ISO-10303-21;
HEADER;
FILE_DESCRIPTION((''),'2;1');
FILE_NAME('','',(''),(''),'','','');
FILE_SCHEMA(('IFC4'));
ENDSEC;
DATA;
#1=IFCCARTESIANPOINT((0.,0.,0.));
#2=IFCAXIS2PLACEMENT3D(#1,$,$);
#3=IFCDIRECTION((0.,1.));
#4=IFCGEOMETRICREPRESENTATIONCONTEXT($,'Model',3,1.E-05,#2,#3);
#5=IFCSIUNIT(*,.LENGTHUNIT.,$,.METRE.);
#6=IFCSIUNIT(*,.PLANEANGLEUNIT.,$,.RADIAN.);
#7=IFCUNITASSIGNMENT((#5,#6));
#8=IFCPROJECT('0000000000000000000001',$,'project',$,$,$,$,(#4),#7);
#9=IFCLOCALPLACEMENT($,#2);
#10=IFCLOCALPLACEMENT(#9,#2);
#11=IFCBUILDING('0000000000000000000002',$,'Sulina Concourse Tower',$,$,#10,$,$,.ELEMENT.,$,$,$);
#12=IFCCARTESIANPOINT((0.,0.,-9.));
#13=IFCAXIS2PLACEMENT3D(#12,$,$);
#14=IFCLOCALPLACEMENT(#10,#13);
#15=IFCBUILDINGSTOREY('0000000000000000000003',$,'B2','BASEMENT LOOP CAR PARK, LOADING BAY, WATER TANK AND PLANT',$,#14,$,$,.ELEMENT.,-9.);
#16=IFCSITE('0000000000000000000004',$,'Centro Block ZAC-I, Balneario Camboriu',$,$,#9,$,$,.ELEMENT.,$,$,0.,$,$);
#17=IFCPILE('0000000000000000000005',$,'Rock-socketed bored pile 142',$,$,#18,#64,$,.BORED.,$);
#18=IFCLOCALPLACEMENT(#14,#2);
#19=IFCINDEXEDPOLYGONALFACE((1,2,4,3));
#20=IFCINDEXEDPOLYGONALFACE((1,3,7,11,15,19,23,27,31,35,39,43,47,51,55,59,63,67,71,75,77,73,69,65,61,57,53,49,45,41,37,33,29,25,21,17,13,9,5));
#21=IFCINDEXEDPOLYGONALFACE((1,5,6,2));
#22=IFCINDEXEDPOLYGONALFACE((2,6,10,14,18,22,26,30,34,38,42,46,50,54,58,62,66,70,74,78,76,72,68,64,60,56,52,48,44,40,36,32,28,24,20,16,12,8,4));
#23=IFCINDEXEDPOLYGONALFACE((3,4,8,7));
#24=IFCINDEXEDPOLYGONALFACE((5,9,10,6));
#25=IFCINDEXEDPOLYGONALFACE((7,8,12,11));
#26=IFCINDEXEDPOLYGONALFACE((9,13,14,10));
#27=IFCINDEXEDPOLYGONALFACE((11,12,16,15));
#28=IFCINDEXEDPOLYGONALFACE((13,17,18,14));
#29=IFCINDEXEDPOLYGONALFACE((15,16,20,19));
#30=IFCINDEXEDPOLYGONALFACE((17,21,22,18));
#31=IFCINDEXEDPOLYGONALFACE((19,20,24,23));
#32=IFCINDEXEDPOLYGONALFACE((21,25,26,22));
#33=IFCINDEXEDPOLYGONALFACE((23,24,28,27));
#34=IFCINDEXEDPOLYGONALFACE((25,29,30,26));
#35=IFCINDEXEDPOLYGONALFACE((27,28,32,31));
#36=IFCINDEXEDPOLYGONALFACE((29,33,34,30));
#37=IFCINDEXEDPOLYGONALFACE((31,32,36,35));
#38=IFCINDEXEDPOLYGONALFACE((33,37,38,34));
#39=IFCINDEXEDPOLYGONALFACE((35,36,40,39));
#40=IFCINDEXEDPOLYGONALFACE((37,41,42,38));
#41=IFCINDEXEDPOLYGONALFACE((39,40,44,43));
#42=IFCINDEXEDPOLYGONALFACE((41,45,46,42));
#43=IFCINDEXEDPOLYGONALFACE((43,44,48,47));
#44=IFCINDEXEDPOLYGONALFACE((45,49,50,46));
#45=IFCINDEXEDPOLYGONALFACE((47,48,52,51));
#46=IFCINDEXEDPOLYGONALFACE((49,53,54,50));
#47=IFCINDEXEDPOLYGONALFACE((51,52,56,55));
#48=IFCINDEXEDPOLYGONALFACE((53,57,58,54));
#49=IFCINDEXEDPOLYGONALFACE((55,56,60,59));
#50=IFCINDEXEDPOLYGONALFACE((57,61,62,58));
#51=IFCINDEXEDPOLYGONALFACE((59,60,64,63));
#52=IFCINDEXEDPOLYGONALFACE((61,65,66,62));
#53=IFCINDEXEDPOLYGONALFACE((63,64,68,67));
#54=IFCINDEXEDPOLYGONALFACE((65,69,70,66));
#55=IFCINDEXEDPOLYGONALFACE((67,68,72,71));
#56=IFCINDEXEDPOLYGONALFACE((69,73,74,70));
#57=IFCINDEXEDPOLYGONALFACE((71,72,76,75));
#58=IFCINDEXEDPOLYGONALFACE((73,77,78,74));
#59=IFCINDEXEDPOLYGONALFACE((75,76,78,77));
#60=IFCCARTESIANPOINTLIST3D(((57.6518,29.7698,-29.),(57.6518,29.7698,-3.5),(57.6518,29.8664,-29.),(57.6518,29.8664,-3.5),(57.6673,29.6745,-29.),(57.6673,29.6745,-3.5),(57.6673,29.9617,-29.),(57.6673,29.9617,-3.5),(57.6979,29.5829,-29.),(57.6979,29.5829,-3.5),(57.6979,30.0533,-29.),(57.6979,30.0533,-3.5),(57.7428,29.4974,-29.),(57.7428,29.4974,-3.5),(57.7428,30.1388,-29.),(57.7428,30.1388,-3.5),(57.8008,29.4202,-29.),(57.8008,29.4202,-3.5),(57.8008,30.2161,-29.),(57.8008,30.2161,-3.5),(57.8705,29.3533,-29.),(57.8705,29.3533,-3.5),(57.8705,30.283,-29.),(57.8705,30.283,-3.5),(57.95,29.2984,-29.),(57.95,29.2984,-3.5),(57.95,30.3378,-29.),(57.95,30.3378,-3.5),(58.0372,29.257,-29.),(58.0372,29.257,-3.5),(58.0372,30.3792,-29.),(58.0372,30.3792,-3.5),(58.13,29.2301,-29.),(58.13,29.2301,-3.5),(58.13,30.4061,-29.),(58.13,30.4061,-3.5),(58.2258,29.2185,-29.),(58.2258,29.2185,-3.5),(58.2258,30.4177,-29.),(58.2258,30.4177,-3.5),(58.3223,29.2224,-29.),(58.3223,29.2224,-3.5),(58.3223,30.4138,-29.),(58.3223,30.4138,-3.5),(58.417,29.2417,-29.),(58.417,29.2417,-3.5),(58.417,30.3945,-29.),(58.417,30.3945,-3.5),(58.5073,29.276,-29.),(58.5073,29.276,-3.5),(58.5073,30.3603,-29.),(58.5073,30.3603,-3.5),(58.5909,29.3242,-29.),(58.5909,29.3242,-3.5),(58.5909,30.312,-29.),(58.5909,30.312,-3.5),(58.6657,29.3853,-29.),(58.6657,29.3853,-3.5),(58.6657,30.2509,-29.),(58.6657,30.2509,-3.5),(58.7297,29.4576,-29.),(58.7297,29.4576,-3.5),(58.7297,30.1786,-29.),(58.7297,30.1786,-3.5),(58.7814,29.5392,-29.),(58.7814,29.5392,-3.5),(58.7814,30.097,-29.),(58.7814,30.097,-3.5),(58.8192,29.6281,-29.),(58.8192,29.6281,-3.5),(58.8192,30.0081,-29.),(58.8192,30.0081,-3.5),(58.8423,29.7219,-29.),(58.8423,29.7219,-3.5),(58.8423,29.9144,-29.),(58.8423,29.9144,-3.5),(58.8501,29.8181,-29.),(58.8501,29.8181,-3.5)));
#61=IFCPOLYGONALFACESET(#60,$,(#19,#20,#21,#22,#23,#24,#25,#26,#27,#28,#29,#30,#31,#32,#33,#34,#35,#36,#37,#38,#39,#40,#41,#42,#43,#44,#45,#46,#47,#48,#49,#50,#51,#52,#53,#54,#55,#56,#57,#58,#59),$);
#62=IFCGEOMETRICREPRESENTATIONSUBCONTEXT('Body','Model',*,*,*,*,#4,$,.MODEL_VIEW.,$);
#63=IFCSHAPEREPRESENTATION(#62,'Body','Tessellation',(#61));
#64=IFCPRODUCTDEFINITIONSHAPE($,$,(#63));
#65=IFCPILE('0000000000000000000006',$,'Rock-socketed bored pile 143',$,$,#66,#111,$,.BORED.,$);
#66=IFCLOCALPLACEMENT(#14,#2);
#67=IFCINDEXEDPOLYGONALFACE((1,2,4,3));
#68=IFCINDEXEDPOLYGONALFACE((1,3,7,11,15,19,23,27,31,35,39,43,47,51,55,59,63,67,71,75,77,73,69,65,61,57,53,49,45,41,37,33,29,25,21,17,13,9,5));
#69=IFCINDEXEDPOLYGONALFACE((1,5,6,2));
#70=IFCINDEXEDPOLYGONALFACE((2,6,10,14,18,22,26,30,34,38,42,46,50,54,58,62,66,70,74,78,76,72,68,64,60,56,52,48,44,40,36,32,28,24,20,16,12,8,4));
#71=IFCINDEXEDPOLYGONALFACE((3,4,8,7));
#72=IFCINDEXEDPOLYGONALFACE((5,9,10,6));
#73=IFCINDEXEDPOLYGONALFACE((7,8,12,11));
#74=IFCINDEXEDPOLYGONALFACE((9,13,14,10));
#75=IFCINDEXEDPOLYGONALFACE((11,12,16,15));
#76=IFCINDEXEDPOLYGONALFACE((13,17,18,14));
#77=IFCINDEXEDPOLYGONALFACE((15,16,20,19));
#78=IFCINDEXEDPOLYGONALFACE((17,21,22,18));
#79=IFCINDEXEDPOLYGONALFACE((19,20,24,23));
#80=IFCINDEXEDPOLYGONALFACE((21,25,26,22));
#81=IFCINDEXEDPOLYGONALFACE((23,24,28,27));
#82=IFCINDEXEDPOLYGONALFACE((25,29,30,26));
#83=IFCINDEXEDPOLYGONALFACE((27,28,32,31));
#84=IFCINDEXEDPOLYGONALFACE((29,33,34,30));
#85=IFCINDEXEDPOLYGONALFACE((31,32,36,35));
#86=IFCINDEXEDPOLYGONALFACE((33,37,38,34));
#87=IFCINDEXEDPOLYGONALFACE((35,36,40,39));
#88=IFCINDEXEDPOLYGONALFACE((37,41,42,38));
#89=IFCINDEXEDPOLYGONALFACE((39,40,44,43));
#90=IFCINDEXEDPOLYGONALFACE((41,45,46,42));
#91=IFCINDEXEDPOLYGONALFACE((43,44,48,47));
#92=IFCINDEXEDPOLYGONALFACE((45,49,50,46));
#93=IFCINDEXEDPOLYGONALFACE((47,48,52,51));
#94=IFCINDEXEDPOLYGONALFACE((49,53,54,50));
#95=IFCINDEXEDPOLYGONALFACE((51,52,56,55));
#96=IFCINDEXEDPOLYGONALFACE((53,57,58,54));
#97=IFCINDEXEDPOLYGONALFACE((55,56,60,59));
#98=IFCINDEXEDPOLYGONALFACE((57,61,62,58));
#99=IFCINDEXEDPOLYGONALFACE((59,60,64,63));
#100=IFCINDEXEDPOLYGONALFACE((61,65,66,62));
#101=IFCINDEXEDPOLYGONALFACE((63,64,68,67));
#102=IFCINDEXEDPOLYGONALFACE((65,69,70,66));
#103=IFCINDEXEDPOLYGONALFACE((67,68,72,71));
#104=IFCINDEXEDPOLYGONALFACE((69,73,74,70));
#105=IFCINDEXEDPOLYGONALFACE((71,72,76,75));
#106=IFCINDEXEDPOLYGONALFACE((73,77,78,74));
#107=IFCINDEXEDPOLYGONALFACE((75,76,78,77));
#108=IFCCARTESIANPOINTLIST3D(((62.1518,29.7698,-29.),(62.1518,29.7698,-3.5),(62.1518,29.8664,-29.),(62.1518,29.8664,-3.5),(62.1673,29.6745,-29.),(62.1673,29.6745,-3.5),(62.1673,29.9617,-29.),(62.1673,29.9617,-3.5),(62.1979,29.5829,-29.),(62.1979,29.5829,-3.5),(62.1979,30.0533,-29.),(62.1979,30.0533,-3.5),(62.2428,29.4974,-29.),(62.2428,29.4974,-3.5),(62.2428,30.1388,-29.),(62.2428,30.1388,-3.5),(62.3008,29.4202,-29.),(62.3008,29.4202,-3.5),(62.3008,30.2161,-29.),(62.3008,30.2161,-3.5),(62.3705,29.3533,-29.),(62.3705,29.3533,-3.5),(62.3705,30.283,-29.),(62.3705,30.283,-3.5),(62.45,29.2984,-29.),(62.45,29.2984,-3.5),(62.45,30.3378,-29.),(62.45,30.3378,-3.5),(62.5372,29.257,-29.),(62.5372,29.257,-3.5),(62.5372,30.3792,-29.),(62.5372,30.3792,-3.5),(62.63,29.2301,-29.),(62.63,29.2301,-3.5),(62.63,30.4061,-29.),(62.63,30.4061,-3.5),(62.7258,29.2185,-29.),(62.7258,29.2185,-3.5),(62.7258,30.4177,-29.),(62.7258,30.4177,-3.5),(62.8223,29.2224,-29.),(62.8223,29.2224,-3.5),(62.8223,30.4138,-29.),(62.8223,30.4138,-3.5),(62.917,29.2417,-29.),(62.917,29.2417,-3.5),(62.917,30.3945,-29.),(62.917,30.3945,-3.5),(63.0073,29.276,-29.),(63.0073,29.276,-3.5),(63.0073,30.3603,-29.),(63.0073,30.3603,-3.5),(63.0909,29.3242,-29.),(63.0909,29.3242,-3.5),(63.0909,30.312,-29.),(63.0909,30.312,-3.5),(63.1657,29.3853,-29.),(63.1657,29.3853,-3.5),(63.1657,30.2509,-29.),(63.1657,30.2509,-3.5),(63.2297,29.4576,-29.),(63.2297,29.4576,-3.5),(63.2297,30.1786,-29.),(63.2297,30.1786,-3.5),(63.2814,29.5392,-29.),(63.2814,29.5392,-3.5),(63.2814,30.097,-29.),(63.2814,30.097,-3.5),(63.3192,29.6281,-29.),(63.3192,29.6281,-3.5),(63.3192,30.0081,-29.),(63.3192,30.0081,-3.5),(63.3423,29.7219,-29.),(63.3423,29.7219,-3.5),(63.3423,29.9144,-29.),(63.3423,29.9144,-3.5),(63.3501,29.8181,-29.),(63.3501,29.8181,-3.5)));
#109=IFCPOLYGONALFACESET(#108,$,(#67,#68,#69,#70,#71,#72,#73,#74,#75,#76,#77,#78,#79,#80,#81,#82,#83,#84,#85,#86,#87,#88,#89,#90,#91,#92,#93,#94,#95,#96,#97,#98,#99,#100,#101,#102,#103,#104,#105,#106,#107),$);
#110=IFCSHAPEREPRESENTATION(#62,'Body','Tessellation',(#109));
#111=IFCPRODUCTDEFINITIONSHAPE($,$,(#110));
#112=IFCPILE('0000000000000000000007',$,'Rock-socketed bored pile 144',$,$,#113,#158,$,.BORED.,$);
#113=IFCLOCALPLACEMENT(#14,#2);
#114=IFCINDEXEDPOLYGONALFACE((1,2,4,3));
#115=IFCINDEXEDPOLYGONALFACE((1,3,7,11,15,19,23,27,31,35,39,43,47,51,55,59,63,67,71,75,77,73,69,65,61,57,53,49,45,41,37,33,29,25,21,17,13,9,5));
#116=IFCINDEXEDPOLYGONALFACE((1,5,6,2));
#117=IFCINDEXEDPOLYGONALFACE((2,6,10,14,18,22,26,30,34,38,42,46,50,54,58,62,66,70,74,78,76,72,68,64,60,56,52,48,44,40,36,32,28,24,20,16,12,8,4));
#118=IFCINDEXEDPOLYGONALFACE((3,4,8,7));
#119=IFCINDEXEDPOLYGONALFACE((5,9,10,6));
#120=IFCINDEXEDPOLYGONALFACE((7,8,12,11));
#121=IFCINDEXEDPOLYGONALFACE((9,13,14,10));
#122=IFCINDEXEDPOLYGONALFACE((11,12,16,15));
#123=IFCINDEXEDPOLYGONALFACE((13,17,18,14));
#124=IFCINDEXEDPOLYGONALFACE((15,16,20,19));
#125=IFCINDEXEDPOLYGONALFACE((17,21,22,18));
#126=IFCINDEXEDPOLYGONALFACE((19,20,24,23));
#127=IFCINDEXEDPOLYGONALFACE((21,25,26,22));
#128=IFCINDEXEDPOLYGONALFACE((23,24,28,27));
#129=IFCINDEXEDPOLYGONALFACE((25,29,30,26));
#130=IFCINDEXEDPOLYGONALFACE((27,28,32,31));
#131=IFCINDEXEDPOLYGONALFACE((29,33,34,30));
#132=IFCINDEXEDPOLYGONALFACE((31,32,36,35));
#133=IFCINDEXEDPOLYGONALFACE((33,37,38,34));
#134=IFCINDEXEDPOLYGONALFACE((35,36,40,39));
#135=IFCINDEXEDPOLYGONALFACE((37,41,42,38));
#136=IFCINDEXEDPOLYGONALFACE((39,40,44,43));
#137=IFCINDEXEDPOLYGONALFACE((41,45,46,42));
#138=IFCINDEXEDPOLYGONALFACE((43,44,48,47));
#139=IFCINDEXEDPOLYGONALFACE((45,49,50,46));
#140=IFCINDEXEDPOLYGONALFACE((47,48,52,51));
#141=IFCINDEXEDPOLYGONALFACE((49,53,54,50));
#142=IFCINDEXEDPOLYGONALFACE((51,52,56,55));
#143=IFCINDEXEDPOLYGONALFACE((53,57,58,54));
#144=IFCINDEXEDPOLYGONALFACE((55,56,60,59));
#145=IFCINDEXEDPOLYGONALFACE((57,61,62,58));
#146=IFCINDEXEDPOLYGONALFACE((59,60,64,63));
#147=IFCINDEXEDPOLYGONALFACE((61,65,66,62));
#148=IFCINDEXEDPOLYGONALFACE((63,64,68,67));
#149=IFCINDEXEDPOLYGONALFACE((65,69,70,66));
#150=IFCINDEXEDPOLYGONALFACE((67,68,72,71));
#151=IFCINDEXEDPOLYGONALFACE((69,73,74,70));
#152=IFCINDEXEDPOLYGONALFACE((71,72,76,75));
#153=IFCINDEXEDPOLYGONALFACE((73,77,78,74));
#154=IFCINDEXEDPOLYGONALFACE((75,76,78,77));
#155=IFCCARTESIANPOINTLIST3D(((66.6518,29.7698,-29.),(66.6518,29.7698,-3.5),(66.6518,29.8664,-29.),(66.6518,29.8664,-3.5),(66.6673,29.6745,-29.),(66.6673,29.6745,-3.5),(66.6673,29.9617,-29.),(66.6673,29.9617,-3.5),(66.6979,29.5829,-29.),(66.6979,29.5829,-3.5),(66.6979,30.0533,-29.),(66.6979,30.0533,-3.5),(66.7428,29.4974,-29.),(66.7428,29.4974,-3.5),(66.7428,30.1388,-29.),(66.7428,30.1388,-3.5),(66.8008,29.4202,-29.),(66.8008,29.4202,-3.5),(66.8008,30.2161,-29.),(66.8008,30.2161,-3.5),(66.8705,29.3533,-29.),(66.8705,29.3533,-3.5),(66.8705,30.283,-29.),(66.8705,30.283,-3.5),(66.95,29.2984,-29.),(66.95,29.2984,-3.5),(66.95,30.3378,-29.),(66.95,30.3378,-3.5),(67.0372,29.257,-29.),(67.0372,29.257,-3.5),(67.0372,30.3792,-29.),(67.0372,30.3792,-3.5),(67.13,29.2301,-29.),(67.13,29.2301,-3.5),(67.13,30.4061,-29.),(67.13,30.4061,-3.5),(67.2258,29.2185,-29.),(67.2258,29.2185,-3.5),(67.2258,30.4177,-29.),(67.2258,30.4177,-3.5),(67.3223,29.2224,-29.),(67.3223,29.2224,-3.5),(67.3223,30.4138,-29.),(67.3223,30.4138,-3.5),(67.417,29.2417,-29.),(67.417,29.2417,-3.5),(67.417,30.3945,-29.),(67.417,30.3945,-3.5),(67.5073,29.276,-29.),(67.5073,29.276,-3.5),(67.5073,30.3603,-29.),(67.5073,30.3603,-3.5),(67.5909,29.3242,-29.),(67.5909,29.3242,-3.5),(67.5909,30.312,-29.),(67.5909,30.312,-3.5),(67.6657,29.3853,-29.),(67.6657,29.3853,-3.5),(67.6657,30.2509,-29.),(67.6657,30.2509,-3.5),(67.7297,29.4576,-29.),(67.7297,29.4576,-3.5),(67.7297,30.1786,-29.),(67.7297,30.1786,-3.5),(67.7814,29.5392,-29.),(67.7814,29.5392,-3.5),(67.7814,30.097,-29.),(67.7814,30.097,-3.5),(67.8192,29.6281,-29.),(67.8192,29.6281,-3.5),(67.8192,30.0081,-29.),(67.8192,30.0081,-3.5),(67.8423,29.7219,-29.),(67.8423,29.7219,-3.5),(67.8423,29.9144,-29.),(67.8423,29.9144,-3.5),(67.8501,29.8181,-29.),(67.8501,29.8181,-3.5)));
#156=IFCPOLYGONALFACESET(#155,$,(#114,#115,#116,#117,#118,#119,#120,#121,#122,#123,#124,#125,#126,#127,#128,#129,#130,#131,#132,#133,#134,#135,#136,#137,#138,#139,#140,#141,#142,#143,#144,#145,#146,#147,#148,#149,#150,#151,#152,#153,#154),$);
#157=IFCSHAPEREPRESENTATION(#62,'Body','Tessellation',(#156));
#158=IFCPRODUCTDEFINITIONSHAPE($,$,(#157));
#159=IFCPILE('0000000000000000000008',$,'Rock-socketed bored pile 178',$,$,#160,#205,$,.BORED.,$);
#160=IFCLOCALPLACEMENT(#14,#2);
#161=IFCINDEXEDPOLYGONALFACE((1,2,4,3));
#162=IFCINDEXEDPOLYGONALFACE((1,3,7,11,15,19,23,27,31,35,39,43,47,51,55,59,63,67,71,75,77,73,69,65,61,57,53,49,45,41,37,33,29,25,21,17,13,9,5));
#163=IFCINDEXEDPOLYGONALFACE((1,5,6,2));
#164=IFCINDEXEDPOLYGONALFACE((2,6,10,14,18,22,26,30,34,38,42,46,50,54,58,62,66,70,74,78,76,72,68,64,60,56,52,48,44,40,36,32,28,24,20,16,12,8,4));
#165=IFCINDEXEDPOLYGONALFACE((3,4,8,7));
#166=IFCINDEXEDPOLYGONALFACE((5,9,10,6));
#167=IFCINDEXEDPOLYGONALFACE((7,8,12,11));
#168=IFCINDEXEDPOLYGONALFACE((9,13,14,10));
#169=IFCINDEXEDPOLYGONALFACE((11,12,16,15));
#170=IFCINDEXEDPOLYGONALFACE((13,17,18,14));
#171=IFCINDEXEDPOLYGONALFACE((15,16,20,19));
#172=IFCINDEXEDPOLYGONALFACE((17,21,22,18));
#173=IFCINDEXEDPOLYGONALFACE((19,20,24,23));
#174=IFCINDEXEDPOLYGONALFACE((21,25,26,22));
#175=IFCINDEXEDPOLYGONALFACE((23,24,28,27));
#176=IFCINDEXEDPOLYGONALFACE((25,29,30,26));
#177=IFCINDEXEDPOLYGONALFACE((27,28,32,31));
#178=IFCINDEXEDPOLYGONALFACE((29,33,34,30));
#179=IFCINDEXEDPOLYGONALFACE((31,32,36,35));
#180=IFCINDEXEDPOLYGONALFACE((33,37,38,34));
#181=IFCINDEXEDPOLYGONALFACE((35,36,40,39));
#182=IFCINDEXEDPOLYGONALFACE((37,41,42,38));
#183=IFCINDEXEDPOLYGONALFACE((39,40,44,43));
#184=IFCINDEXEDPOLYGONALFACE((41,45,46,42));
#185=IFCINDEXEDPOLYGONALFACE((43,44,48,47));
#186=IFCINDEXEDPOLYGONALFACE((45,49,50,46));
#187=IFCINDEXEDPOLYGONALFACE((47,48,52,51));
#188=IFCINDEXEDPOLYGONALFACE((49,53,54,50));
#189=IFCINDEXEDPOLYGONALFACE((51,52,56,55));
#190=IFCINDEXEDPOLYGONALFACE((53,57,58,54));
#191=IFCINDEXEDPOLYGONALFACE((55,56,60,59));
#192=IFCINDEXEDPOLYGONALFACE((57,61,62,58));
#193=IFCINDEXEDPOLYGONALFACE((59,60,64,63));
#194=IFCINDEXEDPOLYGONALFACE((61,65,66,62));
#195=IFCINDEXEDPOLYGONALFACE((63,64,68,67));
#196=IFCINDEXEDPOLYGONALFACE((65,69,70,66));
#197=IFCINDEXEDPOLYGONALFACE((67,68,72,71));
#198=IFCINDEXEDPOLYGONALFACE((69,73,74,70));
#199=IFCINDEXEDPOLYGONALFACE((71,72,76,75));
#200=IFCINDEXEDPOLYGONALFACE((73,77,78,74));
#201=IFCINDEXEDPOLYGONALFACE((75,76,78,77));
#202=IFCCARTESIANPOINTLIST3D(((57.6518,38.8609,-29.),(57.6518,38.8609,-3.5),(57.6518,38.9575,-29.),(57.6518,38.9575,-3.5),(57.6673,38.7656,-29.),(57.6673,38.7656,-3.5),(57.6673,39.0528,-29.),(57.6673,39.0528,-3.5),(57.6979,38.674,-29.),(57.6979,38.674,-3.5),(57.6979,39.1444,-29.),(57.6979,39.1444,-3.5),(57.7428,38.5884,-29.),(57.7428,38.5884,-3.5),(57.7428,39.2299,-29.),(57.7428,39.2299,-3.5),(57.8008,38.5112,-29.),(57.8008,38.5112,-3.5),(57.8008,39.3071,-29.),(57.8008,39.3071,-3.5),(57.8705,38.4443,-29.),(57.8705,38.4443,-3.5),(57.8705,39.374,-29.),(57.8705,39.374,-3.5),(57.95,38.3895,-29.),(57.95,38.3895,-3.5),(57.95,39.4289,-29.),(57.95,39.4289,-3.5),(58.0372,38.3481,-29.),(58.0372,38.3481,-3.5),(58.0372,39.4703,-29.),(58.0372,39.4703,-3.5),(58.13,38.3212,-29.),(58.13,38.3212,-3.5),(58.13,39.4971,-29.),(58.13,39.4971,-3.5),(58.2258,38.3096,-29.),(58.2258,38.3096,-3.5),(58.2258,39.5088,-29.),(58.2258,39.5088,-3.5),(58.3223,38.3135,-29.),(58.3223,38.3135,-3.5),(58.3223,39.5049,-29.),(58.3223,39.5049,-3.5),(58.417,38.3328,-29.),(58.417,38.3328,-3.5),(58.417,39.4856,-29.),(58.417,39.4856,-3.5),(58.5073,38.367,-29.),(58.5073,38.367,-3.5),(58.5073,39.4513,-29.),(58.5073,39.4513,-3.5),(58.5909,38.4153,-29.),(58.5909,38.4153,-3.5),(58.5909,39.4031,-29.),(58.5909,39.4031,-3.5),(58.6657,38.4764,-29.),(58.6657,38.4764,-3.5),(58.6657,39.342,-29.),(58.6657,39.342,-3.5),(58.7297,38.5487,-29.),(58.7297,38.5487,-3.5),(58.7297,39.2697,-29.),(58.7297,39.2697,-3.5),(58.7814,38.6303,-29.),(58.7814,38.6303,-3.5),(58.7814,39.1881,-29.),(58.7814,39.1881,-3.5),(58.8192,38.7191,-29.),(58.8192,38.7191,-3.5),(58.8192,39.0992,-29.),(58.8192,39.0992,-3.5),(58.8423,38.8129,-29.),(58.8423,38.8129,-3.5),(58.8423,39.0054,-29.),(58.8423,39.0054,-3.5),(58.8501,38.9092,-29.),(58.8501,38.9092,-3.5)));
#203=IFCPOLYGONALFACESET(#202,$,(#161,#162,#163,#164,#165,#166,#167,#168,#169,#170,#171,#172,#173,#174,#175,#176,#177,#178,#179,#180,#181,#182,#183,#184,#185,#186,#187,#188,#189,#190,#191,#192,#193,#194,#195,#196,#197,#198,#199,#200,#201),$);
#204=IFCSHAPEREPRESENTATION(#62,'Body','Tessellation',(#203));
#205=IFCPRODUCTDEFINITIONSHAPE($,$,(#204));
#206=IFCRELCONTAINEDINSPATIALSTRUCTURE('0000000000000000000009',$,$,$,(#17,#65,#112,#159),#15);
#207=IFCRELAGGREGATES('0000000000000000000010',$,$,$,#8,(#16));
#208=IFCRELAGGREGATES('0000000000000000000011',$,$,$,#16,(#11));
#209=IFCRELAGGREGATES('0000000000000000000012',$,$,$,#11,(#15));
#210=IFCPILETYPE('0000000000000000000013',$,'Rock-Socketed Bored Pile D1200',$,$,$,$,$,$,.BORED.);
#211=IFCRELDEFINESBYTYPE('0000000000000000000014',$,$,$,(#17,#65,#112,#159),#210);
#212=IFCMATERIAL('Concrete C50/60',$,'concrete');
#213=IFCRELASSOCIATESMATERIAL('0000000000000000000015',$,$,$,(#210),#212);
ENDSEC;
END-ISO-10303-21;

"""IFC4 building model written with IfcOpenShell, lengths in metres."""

from ifc_helpers import new_model, si_unit, direction, frame, origin, origin_2d, place, context, subcontext, project, spatial, circle, extrude, material, material_profile, profile_set, type_object, element, save


model = new_model("IFC4")

# Units and contexts
model_context = context("Model", 3, precision=1e-05, world=origin(), true_north=direction((0.0, 1.0)))
body_context = subcontext(model_context, "Body", "Model", "MODEL_VIEW")
ifc_project = project(units=[si_unit("LENGTHUNIT", "METRE"), si_unit("PLANEANGLEUNIT", "RADIAN")], contexts=[model_context])

# Site, building, storey
site_placement = place(None, origin())
site = spatial("IfcSite", under=ifc_project, at=site_placement, Name="Centro Block ZAC-I, Balneario Camboriu", CompositionType="ELEMENT", RefElevation=0.0)
building_placement = place(site_placement, origin())
building = spatial("IfcBuilding", under=site, at=building_placement, Name="Sulina Concourse Tower", CompositionType="ELEMENT")
storey_placement = place(building_placement, frame((0.0, 0.0, -9.0)))
storey = spatial("IfcBuildingStorey", under=building, at=storey_placement, Name="B2", Description="BASEMENT LOOP CAR PARK, LOADING BAY, WATER TANK AND PLANT", CompositionType="ELEMENT", Elevation=-9.0)

# Piles
ifc_material_1 = material(Name="Concrete C50/60", Category="concrete")
ifc_material_profile_1 = material_profile(ifc_material_1, circle(Radius=0.6001, at=origin_2d()), Name="PILE D1200")
ifc_profile_set_1 = profile_set([ifc_material_profile_1], Name="Concrete C50/60")
pile_type_1 = type_object("IfcPileType", Name="Rock-Socketed Bored Pile D1200", PredefinedType="BORED", material=ifc_profile_set_1)
for number, where, z_axis, x_axis, name in (
    (1, (58.25, 29.8181, -3.5), (0.0, 0.0, -1.0), (1.0, 0.0, 0.0), "Rock-socketed bored pile 142"),
    (2, (62.75, 29.8181, -3.5), (0.0, 0.0, -1.0), (1.0, 0.0, 0.0), "Rock-socketed bored pile 143"),
    (3, (67.25, 29.8181, -3.5), (0.0, 0.0, -1.0), (1.0, 0.0, 0.0), "Rock-socketed bored pile 144"),
    (4, (58.25, 38.9092, -3.5), (0.0, 0.0, -1.0), (1.0, 0.0, 0.0), "Rock-socketed bored pile 178"),
):
    element("IfcPile", number, at=place(storey_placement, frame(where, z_axis=z_axis, x_axis=x_axis)), inside=storey, type_object=pile_type_1, Name=name, PredefinedType="BORED", context=body_context, shape_type="SweptSolid", body=[
        extrude(circle(Radius=0.6001, at=origin_2d()), origin(), (0.0, 0.0, 1.0), 25.5),
    ])

save(model, "model.ifc")
